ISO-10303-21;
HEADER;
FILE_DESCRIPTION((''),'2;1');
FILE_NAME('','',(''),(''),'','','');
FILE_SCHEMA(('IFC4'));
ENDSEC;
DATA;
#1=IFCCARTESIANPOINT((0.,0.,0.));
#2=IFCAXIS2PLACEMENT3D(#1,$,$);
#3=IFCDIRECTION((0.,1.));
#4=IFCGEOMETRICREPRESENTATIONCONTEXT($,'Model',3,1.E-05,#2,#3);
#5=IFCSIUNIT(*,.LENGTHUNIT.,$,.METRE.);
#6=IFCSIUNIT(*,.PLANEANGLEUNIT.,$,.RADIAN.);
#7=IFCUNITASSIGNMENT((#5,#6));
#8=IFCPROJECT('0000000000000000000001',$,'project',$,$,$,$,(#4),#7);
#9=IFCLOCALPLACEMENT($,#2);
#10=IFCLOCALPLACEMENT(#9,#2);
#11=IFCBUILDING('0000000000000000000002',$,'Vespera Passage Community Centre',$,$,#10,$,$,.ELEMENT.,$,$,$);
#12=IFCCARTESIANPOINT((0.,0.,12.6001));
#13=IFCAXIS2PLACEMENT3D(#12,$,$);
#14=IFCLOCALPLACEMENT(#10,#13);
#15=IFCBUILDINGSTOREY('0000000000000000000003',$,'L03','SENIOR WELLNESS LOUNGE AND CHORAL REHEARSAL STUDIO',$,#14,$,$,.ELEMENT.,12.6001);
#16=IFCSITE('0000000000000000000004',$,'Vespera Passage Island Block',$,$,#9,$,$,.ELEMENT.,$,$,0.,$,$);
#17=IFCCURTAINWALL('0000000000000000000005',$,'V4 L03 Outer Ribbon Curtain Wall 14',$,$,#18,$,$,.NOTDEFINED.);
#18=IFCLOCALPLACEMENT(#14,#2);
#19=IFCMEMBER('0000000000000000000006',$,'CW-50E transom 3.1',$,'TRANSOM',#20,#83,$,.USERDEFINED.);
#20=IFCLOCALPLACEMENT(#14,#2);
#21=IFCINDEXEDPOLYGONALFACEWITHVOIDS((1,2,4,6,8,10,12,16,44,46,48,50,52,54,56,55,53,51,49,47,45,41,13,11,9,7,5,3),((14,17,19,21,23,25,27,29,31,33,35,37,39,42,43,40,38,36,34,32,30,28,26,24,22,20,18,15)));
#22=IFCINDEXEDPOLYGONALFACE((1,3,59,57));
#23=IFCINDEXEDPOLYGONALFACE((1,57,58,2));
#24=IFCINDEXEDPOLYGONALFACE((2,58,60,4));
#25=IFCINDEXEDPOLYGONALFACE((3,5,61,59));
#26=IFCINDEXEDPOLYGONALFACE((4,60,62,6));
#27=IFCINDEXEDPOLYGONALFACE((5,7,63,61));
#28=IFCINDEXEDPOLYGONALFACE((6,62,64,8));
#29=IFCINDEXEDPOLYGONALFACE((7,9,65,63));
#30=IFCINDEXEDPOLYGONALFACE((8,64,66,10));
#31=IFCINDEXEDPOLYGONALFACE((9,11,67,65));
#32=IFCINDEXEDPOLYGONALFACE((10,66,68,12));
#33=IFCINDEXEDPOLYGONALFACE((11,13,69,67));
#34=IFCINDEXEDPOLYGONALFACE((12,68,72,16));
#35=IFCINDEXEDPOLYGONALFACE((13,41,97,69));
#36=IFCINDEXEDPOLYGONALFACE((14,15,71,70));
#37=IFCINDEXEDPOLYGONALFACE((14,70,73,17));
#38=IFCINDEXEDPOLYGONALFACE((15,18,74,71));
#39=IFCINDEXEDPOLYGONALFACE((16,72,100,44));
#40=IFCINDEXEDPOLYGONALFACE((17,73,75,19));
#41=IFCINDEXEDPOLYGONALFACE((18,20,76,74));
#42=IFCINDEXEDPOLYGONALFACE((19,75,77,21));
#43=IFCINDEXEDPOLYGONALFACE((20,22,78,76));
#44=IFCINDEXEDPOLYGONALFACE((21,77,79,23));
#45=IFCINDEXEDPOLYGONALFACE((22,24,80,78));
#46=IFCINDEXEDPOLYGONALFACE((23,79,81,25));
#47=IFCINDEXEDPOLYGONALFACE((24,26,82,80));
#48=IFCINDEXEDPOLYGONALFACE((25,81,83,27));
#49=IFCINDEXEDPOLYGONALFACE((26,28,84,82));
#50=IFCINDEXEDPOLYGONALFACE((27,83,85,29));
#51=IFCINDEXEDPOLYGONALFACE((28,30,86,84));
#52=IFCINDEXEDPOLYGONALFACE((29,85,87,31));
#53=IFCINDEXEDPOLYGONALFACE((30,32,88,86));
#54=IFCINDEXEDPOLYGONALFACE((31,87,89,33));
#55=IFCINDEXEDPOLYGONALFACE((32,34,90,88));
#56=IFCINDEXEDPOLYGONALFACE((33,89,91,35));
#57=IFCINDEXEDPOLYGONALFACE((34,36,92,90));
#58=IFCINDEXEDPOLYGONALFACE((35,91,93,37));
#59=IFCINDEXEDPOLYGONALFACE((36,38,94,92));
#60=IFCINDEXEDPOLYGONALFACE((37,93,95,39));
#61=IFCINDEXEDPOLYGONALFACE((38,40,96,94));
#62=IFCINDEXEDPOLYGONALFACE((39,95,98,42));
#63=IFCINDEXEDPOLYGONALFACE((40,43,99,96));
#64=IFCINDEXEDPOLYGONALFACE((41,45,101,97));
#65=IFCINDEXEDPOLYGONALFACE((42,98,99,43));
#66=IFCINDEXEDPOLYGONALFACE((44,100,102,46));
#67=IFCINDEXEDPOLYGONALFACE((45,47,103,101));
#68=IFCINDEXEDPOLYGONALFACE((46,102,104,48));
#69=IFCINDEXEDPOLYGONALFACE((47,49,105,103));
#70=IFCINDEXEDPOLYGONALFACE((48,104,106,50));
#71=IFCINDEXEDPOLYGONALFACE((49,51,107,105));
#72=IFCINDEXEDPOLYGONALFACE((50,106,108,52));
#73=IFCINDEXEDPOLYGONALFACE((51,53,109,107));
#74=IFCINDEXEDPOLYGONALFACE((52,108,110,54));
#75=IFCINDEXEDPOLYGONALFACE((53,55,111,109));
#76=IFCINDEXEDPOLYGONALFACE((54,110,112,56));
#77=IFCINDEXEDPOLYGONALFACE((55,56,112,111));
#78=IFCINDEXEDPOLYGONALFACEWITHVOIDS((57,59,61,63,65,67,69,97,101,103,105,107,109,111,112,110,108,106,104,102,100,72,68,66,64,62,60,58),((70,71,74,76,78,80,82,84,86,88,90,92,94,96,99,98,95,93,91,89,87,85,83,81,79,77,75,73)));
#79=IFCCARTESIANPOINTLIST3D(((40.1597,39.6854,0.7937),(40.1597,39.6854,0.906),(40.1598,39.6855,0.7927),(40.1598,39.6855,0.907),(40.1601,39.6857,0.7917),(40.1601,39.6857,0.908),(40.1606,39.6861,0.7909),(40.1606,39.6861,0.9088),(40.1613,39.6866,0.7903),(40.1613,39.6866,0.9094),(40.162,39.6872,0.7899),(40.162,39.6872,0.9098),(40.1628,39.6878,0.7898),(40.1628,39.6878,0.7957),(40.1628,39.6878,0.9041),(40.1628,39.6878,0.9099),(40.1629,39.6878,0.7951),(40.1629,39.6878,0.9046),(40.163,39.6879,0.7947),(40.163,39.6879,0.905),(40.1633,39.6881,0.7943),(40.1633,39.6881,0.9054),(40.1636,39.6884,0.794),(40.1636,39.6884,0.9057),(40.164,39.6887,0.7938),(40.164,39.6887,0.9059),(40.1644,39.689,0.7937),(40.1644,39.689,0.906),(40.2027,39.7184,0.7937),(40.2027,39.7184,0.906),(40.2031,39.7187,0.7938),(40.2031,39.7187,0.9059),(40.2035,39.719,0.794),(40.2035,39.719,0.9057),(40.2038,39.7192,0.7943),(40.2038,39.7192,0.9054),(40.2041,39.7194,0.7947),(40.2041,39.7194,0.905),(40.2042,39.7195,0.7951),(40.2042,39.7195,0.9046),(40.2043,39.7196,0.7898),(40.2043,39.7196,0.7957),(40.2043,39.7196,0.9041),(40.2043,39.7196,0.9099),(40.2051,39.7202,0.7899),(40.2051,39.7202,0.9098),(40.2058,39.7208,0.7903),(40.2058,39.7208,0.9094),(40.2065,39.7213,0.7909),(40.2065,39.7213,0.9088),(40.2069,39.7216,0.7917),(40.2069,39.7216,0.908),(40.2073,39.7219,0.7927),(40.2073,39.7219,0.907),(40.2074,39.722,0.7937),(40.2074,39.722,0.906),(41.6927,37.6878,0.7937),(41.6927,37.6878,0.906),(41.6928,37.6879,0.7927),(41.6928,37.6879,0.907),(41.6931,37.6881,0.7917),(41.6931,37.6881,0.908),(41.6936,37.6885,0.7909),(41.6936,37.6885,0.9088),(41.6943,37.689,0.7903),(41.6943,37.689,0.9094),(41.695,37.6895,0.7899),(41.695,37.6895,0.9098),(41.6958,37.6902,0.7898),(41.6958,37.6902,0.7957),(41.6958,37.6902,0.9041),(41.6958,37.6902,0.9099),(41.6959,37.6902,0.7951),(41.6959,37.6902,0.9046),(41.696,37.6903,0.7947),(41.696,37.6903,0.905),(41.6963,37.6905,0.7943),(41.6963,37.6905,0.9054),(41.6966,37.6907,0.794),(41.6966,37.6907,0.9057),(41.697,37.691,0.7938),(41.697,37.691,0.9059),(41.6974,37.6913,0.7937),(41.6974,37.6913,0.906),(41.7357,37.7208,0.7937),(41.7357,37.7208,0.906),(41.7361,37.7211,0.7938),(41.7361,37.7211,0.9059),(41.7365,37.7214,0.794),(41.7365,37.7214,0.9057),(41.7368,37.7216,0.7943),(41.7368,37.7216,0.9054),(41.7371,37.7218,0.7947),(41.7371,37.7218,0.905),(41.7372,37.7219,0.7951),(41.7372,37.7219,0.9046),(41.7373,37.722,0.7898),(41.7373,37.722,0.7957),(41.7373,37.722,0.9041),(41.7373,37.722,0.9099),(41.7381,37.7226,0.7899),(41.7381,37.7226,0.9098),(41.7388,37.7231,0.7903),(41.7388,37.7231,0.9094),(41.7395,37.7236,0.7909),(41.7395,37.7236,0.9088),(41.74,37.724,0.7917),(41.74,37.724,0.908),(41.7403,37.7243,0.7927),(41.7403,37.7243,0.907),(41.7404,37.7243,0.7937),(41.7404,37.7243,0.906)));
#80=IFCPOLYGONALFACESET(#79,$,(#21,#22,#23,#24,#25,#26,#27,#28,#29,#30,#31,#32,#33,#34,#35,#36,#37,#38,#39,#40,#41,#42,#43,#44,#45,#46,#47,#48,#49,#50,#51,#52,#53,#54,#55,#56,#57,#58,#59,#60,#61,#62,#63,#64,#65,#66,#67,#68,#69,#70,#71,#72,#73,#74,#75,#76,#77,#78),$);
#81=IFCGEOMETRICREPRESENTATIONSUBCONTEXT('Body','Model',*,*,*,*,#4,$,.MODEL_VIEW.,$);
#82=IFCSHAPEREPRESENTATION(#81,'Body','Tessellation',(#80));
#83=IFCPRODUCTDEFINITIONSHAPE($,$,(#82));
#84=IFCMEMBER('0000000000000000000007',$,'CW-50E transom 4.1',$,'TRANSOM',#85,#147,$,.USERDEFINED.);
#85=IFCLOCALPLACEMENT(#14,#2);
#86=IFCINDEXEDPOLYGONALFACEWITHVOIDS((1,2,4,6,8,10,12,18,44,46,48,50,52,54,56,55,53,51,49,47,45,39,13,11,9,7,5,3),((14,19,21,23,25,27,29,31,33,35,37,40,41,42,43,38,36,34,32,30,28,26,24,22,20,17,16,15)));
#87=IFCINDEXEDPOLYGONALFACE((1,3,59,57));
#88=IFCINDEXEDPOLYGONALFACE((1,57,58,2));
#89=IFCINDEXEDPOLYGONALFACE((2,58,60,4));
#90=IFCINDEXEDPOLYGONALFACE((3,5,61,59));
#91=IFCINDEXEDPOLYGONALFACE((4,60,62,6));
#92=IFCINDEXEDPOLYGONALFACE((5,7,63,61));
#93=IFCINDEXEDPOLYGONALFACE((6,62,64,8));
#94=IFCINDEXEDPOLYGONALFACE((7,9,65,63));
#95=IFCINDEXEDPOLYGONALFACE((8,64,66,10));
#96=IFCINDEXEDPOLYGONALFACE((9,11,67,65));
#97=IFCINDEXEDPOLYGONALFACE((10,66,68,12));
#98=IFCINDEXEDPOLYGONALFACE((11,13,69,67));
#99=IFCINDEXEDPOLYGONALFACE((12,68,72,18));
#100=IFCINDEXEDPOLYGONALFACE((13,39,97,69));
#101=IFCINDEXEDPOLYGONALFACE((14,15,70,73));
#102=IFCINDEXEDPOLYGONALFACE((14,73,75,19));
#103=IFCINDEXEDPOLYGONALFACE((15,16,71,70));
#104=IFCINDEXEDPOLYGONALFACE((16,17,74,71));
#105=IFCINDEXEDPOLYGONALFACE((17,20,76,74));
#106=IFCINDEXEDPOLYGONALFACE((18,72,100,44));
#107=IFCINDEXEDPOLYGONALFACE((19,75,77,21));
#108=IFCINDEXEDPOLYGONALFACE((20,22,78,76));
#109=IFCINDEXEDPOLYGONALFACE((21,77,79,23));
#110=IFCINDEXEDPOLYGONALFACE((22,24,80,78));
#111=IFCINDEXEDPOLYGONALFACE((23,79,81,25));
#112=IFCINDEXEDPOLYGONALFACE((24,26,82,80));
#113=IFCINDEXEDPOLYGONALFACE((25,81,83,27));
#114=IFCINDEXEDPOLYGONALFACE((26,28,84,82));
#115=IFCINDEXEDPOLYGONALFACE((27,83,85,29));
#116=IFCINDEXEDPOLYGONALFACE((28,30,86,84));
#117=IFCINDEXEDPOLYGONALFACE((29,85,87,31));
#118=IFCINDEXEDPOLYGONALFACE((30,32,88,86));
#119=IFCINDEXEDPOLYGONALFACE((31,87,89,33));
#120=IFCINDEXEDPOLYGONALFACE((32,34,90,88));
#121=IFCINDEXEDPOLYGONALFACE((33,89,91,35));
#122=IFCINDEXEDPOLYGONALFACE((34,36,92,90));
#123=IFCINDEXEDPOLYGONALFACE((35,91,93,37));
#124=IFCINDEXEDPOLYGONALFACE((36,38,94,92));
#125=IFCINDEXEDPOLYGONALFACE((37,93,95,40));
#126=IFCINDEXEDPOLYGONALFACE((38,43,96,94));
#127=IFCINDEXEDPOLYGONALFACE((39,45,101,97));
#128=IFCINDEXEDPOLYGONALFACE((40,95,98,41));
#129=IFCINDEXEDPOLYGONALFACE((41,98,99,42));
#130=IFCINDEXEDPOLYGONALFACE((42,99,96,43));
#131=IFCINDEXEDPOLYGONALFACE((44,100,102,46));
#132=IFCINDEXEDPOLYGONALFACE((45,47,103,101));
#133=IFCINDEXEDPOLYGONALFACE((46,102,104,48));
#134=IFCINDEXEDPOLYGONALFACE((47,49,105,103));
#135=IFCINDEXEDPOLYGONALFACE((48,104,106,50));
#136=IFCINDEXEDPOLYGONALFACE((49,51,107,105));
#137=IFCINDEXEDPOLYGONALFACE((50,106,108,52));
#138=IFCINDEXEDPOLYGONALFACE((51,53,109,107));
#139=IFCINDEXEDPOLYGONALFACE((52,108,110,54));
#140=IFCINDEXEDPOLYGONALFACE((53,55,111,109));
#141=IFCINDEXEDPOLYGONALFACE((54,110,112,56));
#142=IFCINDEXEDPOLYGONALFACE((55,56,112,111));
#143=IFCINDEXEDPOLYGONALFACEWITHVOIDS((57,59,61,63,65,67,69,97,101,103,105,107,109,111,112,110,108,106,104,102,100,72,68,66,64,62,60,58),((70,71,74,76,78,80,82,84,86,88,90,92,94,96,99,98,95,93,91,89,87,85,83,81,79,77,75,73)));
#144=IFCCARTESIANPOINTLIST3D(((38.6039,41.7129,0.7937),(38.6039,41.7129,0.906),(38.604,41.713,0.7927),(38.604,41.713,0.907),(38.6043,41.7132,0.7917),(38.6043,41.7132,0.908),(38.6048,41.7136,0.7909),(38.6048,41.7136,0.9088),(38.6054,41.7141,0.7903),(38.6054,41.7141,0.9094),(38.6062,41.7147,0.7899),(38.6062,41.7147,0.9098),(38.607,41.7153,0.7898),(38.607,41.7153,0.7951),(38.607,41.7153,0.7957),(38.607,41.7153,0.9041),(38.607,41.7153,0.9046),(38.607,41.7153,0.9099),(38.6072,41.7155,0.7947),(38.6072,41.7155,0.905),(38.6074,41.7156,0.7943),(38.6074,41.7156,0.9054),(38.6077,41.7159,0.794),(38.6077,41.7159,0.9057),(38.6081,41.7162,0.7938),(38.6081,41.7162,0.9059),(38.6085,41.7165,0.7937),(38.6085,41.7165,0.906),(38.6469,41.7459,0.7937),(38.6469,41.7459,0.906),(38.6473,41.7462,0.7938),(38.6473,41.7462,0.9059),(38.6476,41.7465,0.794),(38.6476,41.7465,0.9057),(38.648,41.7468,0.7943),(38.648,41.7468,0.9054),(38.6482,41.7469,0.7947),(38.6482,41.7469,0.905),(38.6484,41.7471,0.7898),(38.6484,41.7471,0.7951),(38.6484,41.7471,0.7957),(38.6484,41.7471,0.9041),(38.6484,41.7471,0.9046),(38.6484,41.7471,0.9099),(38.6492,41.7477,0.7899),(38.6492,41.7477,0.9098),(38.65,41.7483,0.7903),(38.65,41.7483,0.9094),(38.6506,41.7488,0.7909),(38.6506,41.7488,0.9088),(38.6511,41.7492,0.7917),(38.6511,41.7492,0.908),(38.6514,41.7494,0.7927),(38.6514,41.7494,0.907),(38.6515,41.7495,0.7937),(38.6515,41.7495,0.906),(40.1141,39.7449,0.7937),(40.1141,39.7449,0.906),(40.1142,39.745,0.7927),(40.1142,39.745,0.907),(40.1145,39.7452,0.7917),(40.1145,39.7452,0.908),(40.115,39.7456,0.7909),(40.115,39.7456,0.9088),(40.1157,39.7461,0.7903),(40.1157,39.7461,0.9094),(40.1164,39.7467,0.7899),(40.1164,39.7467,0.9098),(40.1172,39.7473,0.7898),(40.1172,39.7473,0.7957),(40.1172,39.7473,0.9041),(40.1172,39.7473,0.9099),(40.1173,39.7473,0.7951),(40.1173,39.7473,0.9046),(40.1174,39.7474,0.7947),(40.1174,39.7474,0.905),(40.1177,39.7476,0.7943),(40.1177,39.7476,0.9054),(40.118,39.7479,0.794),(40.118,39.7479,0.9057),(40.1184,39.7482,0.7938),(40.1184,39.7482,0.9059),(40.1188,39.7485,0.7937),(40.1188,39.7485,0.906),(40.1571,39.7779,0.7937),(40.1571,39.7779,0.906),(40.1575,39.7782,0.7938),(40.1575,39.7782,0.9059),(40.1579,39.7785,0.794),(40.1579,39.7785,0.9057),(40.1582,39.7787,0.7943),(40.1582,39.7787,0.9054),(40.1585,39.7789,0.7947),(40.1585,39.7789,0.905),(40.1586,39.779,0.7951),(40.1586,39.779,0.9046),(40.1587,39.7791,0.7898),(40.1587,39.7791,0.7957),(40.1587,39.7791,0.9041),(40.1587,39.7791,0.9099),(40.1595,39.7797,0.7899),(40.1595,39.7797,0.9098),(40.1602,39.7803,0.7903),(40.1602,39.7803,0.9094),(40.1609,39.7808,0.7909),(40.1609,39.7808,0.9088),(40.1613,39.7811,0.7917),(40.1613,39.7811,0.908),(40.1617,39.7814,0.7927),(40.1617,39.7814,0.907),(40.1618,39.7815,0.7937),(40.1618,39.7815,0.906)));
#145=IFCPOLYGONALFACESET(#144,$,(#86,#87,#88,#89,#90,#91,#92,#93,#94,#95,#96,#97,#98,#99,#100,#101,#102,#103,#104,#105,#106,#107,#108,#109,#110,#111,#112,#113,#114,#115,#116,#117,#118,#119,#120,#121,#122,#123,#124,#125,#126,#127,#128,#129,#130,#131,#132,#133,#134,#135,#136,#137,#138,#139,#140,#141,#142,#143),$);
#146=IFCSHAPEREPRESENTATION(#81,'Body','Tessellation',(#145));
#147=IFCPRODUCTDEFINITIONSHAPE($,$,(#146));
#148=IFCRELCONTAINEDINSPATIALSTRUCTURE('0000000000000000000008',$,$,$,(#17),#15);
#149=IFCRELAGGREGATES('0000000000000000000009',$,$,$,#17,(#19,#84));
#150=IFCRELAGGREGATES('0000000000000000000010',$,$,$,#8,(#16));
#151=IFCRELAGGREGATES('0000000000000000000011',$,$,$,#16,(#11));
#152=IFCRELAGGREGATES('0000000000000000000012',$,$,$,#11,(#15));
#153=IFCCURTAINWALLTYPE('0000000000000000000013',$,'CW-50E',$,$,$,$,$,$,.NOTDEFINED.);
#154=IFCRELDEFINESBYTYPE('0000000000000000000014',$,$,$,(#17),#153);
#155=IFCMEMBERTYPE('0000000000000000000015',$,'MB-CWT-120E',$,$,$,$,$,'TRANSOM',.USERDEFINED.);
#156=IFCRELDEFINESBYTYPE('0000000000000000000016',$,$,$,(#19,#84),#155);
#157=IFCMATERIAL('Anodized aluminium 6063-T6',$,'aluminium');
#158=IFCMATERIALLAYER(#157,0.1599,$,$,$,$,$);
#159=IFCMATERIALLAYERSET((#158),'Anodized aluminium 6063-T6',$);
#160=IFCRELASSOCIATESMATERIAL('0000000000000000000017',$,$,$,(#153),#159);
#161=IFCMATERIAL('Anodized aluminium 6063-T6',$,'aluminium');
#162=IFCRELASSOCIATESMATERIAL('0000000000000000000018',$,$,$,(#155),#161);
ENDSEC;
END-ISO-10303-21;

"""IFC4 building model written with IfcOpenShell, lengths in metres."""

from ifc_helpers import new_model, si_unit, direction, frame, origin, origin_2d, place, context, subcontext, project, spatial, hollow_rectangle, extrude, material, layer, layer_set, material_profile, profile_set, type_object, element, aggregate, save


model = new_model("IFC4")

# Units and contexts
model_context = context("Model", 3, precision=1e-05, world=origin(), true_north=direction((0.0, 1.0)))
body_context = subcontext(model_context, "Body", "Model", "MODEL_VIEW")
ifc_project = project(units=[si_unit("LENGTHUNIT", "METRE"), si_unit("PLANEANGLEUNIT", "RADIAN")], contexts=[model_context])

# Site, building, storey
site_placement = place(None, origin())
site = spatial("IfcSite", under=ifc_project, at=site_placement, Name="Vespera Passage Island Block", CompositionType="ELEMENT", RefElevation=0.0)
building_placement = place(site_placement, origin())
building = spatial("IfcBuilding", under=site, at=building_placement, Name="Vespera Passage Community Centre", CompositionType="ELEMENT")
storey_placement = place(building_placement, frame((0.0, 0.0, 12.6001)))
storey = spatial("IfcBuildingStorey", under=building, at=storey_placement, Name="L03", Description="SENIOR WELLNESS LOUNGE AND CHORAL REHEARSAL STUDIO", CompositionType="ELEMENT", Elevation=12.6001)

# Curtain wall
ifc_material_1 = material(Name="Anodized aluminium 6063-T6", Category="aluminium")
ifc_layer_1 = layer(ifc_material_1, 0.1599)
ifc_layer_set_1 = layer_set([ifc_layer_1], Name="Anodized aluminium 6063-T6")
curtain_wall_type_1 = type_object("IfcCurtainWallType", Name="CW-50E", PredefinedType="NOTDEFINED", material=ifc_layer_set_1)
curtain_wall_1_placement = place(storey_placement, origin())
curtain_wall_1 = element("IfcCurtainWall", 1, at=curtain_wall_1_placement, inside=storey, type_object=curtain_wall_type_1, Name="V4 L03 Outer Ribbon Curtain Wall 14", PredefinedType="NOTDEFINED")

# Members
ifc_material_2 = material(Name="Anodized aluminium 6063-T6", Category="aluminium")
ifc_material_profile_1 = material_profile(ifc_material_2, hollow_rectangle(XDim=0.0601, YDim=0.1201, WallThickness=0.0039, InnerFilletRadius=0.002, OuterFilletRadius=0.0039, at=origin_2d()), Name="ALU120X60X4")
ifc_profile_set_1 = profile_set([ifc_material_profile_1], Name="Anodized aluminium 6063-T6")
member_type_1 = type_object("IfcMemberType", Name="MB-CWT-120E", ElementType="TRANSOM", PredefinedType="USERDEFINED", material=ifc_profile_set_1)
member_1_placement = place(storey_placement, frame((41.7166, 37.7061, 0.8499), z_axis=(-0.608806, 0.793319, 0.0), x_axis=(-0.793319, -0.608806, 0.0)))
member_1 = element("IfcMember", 2, at=member_1_placement, type_object=member_type_1, Name="CW-50E transom 3.1", ObjectType="TRANSOM", PredefinedType="USERDEFINED", context=body_context, shape_type="SweptSolid", body=[
    extrude(hollow_rectangle(XDim=0.0601, YDim=0.1201, WallThickness=0.0039, InnerFilletRadius=0.002, OuterFilletRadius=0.0039, at=origin_2d()), origin(), (0.0, 0.0, 1.0), 2.5181),
])
member_2_placement = place(storey_placement, frame((40.1379, 39.7632, 0.8499), z_axis=(-0.608797, 0.793326, 0.0), x_axis=(-0.793326, -0.608797, 0.0)))
member_2 = element("IfcMember", 3, at=member_2_placement, type_object=member_type_1, Name="CW-50E transom 4.1", ObjectType="TRANSOM", PredefinedType="USERDEFINED", context=body_context, shape_type="SweptSolid", body=[
    extrude(hollow_rectangle(XDim=0.0601, YDim=0.1201, WallThickness=0.0039, InnerFilletRadius=0.002, OuterFilletRadius=0.0039, at=origin_2d()), origin(), (0.0, 0.0, 1.0), 2.4807),
])

aggregate(curtain_wall_1, [member_1, member_2])

save(model, "model.ifc")
